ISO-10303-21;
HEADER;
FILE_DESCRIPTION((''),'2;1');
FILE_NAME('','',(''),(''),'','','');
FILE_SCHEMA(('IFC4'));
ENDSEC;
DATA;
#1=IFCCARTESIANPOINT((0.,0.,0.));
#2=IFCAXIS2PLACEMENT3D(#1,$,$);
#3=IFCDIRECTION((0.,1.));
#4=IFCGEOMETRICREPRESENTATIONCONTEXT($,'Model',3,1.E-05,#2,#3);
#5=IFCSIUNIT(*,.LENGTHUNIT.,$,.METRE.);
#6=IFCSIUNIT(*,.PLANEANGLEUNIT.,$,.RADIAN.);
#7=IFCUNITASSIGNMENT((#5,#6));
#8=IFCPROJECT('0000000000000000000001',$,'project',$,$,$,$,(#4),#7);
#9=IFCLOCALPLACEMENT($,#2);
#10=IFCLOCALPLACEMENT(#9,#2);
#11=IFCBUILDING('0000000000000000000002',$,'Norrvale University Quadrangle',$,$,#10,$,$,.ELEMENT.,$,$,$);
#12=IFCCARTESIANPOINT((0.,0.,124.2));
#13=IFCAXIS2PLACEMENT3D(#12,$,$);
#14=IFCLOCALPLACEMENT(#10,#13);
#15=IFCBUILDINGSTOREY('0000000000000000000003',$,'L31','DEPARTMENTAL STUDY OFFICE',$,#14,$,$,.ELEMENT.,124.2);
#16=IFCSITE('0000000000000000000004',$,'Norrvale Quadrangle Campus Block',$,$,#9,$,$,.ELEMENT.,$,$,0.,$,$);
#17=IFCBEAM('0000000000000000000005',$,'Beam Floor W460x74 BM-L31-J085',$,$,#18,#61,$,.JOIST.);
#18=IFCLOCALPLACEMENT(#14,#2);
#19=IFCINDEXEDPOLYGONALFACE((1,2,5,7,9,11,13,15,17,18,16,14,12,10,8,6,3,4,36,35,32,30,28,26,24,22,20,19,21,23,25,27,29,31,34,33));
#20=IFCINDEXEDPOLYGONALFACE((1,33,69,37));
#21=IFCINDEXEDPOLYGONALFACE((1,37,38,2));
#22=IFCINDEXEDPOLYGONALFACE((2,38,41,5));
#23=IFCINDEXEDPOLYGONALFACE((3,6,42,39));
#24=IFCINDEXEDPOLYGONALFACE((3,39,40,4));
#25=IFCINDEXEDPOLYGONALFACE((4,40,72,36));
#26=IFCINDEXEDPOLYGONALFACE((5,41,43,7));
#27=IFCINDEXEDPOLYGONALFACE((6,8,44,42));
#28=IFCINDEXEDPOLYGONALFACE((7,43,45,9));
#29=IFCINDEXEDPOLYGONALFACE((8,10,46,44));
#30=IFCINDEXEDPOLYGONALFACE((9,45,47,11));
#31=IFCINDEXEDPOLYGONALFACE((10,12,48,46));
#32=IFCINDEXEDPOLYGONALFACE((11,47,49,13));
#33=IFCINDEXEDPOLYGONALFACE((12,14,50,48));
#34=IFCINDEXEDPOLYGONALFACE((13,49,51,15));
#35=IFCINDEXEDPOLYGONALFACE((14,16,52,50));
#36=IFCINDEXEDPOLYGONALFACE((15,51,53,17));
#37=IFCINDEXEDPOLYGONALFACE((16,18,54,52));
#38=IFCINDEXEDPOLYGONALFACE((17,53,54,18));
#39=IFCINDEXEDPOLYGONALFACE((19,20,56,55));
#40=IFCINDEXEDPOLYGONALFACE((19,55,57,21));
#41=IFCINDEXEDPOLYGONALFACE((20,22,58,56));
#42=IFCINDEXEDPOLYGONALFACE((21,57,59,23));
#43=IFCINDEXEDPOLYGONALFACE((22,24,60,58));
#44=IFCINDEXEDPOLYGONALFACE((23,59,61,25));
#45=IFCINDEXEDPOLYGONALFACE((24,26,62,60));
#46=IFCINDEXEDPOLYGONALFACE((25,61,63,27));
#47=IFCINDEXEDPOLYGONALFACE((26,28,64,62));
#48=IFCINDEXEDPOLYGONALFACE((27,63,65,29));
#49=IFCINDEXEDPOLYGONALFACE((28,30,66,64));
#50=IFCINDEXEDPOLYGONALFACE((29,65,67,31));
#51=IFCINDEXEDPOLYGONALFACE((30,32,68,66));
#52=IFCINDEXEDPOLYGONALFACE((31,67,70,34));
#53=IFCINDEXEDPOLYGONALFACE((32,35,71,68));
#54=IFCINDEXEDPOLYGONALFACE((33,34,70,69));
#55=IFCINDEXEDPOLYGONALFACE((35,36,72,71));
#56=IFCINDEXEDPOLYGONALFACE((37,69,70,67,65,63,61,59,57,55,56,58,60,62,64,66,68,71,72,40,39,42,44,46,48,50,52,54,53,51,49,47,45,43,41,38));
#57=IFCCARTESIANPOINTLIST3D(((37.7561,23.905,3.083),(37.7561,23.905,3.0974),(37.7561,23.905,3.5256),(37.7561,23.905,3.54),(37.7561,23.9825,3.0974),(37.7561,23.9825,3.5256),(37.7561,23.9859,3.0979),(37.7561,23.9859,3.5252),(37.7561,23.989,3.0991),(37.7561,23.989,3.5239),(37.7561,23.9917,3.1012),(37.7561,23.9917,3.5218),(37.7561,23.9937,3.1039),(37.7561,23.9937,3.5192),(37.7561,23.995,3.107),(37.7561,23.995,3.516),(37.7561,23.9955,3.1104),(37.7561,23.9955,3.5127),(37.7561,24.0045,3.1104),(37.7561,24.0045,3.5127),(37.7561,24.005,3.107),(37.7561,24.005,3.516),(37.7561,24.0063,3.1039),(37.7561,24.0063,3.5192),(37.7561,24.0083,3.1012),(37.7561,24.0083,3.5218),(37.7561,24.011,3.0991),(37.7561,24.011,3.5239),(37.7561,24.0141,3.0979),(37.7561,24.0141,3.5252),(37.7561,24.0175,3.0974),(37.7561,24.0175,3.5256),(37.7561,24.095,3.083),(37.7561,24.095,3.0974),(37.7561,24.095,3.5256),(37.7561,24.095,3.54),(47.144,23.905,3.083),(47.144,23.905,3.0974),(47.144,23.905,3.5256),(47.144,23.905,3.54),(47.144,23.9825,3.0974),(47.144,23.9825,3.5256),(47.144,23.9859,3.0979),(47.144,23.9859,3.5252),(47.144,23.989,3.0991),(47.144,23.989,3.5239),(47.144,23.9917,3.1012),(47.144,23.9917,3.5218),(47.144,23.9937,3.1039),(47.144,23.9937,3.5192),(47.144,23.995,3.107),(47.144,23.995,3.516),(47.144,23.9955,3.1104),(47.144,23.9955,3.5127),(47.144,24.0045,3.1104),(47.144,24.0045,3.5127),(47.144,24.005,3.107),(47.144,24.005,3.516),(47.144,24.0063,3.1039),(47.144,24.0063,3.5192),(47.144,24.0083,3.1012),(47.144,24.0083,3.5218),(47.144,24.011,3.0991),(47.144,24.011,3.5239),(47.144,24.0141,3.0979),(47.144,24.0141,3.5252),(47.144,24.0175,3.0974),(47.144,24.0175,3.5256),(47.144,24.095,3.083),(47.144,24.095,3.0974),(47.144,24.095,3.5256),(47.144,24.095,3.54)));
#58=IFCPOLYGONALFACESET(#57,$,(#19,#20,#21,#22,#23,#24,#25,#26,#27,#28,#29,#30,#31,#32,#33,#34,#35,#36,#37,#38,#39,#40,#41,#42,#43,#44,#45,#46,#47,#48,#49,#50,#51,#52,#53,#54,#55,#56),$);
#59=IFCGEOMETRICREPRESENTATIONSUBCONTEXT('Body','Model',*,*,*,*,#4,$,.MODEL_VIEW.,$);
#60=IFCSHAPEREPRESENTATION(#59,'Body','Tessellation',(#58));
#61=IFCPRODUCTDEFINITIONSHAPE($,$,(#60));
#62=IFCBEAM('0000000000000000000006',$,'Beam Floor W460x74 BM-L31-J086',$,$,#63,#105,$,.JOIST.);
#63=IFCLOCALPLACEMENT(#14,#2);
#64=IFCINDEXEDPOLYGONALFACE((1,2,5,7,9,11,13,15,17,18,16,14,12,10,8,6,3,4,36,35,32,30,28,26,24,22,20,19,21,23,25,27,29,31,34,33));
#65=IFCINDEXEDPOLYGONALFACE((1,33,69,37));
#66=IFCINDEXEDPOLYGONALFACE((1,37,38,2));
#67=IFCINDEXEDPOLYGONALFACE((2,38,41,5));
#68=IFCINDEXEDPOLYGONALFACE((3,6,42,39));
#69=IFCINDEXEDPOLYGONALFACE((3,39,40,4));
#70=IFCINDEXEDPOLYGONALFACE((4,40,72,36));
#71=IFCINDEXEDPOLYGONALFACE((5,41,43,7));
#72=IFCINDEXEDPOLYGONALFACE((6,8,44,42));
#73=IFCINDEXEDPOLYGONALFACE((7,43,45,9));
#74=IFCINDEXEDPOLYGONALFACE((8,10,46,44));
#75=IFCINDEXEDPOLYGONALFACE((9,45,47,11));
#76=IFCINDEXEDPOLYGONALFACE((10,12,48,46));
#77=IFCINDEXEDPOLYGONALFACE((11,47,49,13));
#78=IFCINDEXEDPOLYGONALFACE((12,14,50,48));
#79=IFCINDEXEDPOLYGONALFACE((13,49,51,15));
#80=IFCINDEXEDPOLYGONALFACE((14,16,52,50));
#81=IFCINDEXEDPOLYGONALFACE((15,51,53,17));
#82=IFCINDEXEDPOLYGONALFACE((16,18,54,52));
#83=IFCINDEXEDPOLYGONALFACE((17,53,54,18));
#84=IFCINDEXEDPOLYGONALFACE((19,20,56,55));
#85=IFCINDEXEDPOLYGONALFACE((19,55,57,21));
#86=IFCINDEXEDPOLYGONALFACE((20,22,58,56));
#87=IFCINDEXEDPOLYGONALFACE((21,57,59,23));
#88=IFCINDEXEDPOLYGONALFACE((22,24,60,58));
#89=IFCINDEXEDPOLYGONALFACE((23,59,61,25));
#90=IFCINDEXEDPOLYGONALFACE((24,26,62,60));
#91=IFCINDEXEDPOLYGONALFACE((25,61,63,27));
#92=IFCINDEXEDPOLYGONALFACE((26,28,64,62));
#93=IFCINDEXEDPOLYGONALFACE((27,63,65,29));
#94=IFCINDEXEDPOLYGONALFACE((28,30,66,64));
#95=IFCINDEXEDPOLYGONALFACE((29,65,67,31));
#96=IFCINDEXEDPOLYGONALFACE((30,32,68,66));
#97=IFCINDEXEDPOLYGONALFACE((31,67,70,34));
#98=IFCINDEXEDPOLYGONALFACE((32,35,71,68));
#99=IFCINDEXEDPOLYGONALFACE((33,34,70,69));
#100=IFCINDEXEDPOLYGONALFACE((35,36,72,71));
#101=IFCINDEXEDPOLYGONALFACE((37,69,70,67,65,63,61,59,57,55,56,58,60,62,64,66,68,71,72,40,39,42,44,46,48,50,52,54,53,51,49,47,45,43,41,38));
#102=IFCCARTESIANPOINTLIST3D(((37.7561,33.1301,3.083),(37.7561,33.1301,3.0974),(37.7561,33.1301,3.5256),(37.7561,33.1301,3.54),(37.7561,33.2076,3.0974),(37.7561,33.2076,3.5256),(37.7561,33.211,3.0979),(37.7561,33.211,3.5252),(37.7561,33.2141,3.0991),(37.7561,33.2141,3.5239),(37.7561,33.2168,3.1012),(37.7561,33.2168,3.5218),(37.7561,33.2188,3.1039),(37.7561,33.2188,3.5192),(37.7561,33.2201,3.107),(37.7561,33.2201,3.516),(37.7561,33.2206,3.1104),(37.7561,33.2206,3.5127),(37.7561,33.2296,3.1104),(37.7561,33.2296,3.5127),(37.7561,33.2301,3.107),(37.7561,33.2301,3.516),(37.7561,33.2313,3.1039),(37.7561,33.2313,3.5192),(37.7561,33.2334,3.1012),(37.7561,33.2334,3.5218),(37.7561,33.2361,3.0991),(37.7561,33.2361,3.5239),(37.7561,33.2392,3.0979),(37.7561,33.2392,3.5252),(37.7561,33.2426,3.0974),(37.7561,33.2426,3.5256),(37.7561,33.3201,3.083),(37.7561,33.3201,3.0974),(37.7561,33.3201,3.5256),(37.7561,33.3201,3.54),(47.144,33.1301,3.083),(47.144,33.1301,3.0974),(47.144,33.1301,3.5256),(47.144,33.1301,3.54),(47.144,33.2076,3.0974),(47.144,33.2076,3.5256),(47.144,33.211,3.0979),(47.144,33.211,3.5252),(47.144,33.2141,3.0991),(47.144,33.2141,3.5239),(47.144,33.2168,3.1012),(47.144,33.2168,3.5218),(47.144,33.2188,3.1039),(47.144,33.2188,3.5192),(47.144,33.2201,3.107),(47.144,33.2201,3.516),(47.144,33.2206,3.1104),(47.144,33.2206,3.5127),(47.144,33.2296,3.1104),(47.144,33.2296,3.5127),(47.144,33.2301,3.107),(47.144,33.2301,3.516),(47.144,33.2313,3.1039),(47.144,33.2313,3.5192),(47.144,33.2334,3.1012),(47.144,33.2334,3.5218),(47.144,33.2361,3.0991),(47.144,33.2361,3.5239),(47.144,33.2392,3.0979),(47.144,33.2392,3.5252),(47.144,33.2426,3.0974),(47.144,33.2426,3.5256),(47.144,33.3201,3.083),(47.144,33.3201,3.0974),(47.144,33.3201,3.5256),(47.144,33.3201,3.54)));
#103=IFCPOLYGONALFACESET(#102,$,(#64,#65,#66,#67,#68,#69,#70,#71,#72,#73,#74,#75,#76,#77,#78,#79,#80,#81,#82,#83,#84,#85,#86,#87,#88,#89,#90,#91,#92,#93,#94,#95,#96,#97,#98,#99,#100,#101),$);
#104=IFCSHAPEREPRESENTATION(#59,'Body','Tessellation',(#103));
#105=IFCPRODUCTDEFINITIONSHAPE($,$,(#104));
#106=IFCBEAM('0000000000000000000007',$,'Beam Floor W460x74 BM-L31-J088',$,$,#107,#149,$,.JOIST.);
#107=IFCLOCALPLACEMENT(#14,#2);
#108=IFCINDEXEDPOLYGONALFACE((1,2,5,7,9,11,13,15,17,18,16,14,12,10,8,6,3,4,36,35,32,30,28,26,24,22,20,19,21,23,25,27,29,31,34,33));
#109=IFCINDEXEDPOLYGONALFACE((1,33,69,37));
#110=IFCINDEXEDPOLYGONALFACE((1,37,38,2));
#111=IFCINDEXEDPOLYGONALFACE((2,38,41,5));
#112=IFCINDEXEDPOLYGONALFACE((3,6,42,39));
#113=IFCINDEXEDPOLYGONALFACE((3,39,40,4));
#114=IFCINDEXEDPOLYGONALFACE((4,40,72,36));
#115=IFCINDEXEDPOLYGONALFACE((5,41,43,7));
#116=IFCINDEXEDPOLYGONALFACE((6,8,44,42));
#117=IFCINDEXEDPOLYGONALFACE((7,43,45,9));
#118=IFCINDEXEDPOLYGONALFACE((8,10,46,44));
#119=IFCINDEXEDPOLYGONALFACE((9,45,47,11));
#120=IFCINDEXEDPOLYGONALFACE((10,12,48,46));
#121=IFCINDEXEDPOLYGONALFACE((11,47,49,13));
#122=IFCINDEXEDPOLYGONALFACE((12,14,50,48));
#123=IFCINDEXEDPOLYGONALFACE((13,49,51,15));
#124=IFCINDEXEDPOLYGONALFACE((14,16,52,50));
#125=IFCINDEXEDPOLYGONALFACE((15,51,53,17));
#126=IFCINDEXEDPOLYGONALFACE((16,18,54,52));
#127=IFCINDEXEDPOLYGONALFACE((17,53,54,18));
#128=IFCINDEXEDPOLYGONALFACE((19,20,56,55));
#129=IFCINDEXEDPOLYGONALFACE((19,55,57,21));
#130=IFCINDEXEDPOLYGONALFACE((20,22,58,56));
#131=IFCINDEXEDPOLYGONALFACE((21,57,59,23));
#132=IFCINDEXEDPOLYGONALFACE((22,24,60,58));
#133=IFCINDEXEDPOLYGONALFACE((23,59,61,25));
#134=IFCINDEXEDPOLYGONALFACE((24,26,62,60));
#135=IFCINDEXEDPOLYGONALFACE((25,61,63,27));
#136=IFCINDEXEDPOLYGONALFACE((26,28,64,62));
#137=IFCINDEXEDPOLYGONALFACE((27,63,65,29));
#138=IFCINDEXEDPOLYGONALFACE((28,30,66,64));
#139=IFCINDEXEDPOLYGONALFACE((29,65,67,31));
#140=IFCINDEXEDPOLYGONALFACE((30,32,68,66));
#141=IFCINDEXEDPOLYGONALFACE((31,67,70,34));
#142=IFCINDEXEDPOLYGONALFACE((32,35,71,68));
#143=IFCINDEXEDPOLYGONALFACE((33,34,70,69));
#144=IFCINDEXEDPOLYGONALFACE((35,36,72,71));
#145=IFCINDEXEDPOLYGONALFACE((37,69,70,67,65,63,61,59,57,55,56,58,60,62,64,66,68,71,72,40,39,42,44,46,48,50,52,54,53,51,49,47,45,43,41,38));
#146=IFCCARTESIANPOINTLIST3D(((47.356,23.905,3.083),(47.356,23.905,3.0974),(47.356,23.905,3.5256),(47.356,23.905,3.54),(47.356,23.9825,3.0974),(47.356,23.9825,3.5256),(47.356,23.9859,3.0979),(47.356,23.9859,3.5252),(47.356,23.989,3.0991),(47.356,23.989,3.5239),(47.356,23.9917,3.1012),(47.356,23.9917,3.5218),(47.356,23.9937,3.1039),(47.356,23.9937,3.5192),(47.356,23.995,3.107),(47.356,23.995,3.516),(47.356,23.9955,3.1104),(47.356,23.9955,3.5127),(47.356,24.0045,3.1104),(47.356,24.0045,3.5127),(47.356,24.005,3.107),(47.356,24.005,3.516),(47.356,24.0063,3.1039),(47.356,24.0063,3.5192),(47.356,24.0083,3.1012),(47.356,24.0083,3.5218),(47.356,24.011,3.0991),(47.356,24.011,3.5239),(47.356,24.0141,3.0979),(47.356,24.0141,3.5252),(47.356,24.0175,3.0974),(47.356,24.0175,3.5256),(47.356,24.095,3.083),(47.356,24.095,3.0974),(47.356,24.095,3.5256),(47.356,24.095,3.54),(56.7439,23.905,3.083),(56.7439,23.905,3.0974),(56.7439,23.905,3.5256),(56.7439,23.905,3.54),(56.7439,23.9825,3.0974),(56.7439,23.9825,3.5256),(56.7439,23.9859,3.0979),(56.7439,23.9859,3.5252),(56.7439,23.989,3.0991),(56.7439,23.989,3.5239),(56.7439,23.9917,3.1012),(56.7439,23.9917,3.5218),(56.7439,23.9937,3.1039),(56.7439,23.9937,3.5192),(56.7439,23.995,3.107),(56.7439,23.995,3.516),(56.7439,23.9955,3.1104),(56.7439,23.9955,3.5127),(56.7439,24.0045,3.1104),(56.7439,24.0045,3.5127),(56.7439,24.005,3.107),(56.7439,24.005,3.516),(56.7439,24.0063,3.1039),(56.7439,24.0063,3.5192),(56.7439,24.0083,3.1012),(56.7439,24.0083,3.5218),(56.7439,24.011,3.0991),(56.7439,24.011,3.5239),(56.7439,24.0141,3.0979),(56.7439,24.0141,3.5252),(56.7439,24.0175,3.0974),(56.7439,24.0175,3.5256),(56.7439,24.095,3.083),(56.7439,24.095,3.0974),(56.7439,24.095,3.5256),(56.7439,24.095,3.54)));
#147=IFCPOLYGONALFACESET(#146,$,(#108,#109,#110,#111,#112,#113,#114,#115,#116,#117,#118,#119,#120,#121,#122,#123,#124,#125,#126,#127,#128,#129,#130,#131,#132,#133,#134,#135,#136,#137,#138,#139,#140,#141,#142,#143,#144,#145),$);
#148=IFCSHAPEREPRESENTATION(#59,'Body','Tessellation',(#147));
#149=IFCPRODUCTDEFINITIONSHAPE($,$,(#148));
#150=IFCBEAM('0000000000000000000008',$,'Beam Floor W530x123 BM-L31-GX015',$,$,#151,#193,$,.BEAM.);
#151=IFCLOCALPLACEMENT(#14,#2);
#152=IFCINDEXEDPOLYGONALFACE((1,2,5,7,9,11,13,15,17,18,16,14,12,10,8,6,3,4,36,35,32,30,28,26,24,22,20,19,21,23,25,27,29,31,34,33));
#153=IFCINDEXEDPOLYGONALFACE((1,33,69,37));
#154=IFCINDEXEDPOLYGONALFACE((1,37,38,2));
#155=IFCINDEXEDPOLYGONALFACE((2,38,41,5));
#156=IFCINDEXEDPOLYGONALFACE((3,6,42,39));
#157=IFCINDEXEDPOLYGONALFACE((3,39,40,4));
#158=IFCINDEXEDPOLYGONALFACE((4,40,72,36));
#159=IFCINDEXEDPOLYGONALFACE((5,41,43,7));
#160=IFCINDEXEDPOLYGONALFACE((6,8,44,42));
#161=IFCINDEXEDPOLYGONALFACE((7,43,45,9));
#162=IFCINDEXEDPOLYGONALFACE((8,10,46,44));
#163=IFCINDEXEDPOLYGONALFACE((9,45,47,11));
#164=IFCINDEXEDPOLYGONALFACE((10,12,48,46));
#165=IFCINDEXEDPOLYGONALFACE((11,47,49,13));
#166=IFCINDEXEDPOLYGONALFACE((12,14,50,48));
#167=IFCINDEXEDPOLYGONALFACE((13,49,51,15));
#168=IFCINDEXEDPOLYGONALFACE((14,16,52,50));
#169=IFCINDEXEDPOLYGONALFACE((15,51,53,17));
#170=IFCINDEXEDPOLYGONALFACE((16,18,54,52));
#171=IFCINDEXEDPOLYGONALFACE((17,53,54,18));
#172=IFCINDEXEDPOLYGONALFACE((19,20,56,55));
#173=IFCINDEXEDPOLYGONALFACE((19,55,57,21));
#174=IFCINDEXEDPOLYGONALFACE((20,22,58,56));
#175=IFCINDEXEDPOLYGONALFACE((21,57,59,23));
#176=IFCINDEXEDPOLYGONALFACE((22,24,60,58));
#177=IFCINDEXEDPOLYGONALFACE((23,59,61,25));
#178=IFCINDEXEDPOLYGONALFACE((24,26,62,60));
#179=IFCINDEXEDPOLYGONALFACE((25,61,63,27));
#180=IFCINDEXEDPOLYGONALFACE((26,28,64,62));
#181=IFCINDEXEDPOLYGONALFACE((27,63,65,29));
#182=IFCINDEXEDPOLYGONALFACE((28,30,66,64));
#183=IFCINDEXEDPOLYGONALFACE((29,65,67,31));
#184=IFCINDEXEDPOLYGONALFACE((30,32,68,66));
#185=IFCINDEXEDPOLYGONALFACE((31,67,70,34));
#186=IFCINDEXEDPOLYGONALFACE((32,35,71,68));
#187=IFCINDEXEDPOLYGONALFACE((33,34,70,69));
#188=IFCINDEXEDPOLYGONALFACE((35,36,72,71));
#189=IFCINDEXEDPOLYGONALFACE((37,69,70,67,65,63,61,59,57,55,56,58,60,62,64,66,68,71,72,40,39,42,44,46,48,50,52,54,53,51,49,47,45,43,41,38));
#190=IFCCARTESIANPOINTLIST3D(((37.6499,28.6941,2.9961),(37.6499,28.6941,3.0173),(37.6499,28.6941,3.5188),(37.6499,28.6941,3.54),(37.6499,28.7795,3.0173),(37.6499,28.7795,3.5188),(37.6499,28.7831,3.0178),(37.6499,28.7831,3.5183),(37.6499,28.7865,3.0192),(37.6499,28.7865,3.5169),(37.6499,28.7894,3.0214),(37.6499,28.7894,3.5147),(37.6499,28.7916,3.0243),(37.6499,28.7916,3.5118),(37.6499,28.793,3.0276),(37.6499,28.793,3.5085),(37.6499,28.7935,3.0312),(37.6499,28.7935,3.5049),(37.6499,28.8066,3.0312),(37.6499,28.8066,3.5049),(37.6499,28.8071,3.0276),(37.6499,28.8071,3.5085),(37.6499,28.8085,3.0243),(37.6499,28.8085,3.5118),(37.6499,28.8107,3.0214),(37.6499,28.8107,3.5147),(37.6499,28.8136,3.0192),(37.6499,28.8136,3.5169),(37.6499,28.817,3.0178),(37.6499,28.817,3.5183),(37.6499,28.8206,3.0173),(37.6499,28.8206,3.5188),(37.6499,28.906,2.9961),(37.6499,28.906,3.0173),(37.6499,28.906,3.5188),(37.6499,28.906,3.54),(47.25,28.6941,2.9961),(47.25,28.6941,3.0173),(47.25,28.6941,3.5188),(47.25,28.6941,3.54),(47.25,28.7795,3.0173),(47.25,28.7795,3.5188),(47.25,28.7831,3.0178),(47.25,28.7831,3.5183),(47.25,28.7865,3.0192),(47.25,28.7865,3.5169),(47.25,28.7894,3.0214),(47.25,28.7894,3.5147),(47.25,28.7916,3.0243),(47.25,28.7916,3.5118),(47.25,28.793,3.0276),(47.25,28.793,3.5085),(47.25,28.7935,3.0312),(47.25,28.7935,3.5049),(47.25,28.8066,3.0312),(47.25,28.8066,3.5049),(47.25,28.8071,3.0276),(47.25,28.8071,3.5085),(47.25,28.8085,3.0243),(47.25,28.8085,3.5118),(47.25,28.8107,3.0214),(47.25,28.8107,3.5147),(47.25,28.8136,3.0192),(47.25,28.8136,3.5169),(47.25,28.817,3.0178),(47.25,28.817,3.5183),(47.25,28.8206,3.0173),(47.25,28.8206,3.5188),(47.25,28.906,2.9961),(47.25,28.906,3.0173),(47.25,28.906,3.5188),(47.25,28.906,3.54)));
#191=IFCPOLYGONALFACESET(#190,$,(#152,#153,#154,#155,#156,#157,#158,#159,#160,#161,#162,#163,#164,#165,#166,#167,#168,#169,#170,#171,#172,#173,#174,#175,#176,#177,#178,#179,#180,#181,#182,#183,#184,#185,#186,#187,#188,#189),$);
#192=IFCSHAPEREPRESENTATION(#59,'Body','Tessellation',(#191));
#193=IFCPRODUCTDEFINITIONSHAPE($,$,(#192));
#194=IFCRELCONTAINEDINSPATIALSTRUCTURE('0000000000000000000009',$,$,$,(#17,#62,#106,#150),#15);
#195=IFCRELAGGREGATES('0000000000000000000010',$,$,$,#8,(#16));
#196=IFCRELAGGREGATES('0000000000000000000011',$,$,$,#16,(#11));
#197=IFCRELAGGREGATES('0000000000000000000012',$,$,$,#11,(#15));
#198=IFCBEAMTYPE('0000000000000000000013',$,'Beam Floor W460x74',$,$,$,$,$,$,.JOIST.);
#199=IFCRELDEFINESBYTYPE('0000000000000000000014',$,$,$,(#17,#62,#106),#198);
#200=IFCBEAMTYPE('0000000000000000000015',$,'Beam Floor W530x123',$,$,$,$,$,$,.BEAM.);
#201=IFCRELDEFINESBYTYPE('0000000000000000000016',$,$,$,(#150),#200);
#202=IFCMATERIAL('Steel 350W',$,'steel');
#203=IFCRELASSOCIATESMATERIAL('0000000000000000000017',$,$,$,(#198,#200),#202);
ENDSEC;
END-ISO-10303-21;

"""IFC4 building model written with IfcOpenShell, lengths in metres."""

from ifc_helpers import new_model, si_unit, direction, frame, origin, origin_2d, place, context, subcontext, project, spatial, i_section, extrude, material, material_profile, profile_set, type_object, element, save


model = new_model("IFC4")

# Units and contexts
model_context = context("Model", 3, precision=1e-05, world=origin(), true_north=direction((0.0, 1.0)))
body_context = subcontext(model_context, "Body", "Model", "MODEL_VIEW")
ifc_project = project(units=[si_unit("LENGTHUNIT", "METRE"), si_unit("PLANEANGLEUNIT", "RADIAN")], contexts=[model_context])

# Site, building, storey
site_placement = place(None, origin())
site = spatial("IfcSite", under=ifc_project, at=site_placement, Name="Norrvale Quadrangle Campus Block", CompositionType="ELEMENT", RefElevation=0.0)
building_placement = place(site_placement, origin())
building = spatial("IfcBuilding", under=site, at=building_placement, Name="Norrvale University Quadrangle", CompositionType="ELEMENT")
storey_placement = place(building_placement, frame((0.0, 0.0, 124.2)))
storey = spatial("IfcBuildingStorey", under=building, at=storey_placement, Name="L31", Description="DEPARTMENTAL STUDY OFFICE", CompositionType="ELEMENT", Elevation=124.2)

# Beams
ifc_material_1 = material(Name="Steel 350W", Category="steel")
ifc_material_profile_1 = material_profile(ifc_material_1, i_section(OverallWidth=0.1899, OverallDepth=0.457, WebThickness=0.009, FlangeThickness=0.0144, FilletRadius=0.0129, at=origin_2d()), Name="Steel 350W")
ifc_profile_set_1 = profile_set([ifc_material_profile_1], Name="Steel 350W")
beam_type_1 = type_object("IfcBeamType", Name="Beam Floor W460x74", PredefinedType="JOIST", material=ifc_profile_set_1)
for number, where, z_axis, x_axis, name in (
    (1, (37.7561, 24.0, 3.3115), (1.0, 0.0, 0.0), (0.0, 1.0, 0.0), "Beam Floor W460x74 BM-L31-J085"),
    (2, (37.7561, 33.2251, 3.3115), (1.0, 0.0, 0.0), (0.0, 1.0, 0.0), "Beam Floor W460x74 BM-L31-J086"),
    (3, (47.356, 24.0, 3.3115), (1.0, 0.0, 0.0), (0.0, 1.0, 0.0), "Beam Floor W460x74 BM-L31-J088"),
):
    element("IfcBeam", number, at=place(storey_placement, frame(where, z_axis=z_axis, x_axis=x_axis)), inside=storey, type_object=beam_type_1, Name=name, PredefinedType="JOIST", context=body_context, shape_type="SweptSolid", body=[
        extrude(i_section(OverallWidth=0.1899, OverallDepth=0.457, WebThickness=0.009, FlangeThickness=0.0144, FilletRadius=0.0129, at=origin_2d()), origin(), (0.0, 0.0, 1.0), 9.3879),
    ])
ifc_material_profile_2 = material_profile(ifc_material_1, i_section(OverallWidth=0.2119, OverallDepth=0.5439, WebThickness=0.0132, FlangeThickness=0.0212, FilletRadius=0.0139, at=origin_2d()), Name="Steel 350W")
ifc_profile_set_2 = profile_set([ifc_material_profile_2], Name="Steel 350W")
beam_type_2 = type_object("IfcBeamType", Name="Beam Floor W530x123", PredefinedType="BEAM", material=ifc_profile_set_2)
for number, where, z_axis, x_axis, name in (
    (4, (37.6499, 28.8, 3.2681), (1.0, 0.0, 0.0), (0.0, 1.0, 0.0), "Beam Floor W530x123 BM-L31-GX015"),
):
    element("IfcBeam", number, at=place(storey_placement, frame(where, z_axis=z_axis, x_axis=x_axis)), inside=storey, type_object=beam_type_2, Name=name, PredefinedType="BEAM", context=body_context, shape_type="SweptSolid", body=[
        extrude(i_section(OverallWidth=0.2119, OverallDepth=0.5439, WebThickness=0.0132, FlangeThickness=0.0212, FilletRadius=0.0139, at=origin_2d()), origin(), (0.0, 0.0, 1.0), 9.6001),
    ])

save(model, "model.ifc")
